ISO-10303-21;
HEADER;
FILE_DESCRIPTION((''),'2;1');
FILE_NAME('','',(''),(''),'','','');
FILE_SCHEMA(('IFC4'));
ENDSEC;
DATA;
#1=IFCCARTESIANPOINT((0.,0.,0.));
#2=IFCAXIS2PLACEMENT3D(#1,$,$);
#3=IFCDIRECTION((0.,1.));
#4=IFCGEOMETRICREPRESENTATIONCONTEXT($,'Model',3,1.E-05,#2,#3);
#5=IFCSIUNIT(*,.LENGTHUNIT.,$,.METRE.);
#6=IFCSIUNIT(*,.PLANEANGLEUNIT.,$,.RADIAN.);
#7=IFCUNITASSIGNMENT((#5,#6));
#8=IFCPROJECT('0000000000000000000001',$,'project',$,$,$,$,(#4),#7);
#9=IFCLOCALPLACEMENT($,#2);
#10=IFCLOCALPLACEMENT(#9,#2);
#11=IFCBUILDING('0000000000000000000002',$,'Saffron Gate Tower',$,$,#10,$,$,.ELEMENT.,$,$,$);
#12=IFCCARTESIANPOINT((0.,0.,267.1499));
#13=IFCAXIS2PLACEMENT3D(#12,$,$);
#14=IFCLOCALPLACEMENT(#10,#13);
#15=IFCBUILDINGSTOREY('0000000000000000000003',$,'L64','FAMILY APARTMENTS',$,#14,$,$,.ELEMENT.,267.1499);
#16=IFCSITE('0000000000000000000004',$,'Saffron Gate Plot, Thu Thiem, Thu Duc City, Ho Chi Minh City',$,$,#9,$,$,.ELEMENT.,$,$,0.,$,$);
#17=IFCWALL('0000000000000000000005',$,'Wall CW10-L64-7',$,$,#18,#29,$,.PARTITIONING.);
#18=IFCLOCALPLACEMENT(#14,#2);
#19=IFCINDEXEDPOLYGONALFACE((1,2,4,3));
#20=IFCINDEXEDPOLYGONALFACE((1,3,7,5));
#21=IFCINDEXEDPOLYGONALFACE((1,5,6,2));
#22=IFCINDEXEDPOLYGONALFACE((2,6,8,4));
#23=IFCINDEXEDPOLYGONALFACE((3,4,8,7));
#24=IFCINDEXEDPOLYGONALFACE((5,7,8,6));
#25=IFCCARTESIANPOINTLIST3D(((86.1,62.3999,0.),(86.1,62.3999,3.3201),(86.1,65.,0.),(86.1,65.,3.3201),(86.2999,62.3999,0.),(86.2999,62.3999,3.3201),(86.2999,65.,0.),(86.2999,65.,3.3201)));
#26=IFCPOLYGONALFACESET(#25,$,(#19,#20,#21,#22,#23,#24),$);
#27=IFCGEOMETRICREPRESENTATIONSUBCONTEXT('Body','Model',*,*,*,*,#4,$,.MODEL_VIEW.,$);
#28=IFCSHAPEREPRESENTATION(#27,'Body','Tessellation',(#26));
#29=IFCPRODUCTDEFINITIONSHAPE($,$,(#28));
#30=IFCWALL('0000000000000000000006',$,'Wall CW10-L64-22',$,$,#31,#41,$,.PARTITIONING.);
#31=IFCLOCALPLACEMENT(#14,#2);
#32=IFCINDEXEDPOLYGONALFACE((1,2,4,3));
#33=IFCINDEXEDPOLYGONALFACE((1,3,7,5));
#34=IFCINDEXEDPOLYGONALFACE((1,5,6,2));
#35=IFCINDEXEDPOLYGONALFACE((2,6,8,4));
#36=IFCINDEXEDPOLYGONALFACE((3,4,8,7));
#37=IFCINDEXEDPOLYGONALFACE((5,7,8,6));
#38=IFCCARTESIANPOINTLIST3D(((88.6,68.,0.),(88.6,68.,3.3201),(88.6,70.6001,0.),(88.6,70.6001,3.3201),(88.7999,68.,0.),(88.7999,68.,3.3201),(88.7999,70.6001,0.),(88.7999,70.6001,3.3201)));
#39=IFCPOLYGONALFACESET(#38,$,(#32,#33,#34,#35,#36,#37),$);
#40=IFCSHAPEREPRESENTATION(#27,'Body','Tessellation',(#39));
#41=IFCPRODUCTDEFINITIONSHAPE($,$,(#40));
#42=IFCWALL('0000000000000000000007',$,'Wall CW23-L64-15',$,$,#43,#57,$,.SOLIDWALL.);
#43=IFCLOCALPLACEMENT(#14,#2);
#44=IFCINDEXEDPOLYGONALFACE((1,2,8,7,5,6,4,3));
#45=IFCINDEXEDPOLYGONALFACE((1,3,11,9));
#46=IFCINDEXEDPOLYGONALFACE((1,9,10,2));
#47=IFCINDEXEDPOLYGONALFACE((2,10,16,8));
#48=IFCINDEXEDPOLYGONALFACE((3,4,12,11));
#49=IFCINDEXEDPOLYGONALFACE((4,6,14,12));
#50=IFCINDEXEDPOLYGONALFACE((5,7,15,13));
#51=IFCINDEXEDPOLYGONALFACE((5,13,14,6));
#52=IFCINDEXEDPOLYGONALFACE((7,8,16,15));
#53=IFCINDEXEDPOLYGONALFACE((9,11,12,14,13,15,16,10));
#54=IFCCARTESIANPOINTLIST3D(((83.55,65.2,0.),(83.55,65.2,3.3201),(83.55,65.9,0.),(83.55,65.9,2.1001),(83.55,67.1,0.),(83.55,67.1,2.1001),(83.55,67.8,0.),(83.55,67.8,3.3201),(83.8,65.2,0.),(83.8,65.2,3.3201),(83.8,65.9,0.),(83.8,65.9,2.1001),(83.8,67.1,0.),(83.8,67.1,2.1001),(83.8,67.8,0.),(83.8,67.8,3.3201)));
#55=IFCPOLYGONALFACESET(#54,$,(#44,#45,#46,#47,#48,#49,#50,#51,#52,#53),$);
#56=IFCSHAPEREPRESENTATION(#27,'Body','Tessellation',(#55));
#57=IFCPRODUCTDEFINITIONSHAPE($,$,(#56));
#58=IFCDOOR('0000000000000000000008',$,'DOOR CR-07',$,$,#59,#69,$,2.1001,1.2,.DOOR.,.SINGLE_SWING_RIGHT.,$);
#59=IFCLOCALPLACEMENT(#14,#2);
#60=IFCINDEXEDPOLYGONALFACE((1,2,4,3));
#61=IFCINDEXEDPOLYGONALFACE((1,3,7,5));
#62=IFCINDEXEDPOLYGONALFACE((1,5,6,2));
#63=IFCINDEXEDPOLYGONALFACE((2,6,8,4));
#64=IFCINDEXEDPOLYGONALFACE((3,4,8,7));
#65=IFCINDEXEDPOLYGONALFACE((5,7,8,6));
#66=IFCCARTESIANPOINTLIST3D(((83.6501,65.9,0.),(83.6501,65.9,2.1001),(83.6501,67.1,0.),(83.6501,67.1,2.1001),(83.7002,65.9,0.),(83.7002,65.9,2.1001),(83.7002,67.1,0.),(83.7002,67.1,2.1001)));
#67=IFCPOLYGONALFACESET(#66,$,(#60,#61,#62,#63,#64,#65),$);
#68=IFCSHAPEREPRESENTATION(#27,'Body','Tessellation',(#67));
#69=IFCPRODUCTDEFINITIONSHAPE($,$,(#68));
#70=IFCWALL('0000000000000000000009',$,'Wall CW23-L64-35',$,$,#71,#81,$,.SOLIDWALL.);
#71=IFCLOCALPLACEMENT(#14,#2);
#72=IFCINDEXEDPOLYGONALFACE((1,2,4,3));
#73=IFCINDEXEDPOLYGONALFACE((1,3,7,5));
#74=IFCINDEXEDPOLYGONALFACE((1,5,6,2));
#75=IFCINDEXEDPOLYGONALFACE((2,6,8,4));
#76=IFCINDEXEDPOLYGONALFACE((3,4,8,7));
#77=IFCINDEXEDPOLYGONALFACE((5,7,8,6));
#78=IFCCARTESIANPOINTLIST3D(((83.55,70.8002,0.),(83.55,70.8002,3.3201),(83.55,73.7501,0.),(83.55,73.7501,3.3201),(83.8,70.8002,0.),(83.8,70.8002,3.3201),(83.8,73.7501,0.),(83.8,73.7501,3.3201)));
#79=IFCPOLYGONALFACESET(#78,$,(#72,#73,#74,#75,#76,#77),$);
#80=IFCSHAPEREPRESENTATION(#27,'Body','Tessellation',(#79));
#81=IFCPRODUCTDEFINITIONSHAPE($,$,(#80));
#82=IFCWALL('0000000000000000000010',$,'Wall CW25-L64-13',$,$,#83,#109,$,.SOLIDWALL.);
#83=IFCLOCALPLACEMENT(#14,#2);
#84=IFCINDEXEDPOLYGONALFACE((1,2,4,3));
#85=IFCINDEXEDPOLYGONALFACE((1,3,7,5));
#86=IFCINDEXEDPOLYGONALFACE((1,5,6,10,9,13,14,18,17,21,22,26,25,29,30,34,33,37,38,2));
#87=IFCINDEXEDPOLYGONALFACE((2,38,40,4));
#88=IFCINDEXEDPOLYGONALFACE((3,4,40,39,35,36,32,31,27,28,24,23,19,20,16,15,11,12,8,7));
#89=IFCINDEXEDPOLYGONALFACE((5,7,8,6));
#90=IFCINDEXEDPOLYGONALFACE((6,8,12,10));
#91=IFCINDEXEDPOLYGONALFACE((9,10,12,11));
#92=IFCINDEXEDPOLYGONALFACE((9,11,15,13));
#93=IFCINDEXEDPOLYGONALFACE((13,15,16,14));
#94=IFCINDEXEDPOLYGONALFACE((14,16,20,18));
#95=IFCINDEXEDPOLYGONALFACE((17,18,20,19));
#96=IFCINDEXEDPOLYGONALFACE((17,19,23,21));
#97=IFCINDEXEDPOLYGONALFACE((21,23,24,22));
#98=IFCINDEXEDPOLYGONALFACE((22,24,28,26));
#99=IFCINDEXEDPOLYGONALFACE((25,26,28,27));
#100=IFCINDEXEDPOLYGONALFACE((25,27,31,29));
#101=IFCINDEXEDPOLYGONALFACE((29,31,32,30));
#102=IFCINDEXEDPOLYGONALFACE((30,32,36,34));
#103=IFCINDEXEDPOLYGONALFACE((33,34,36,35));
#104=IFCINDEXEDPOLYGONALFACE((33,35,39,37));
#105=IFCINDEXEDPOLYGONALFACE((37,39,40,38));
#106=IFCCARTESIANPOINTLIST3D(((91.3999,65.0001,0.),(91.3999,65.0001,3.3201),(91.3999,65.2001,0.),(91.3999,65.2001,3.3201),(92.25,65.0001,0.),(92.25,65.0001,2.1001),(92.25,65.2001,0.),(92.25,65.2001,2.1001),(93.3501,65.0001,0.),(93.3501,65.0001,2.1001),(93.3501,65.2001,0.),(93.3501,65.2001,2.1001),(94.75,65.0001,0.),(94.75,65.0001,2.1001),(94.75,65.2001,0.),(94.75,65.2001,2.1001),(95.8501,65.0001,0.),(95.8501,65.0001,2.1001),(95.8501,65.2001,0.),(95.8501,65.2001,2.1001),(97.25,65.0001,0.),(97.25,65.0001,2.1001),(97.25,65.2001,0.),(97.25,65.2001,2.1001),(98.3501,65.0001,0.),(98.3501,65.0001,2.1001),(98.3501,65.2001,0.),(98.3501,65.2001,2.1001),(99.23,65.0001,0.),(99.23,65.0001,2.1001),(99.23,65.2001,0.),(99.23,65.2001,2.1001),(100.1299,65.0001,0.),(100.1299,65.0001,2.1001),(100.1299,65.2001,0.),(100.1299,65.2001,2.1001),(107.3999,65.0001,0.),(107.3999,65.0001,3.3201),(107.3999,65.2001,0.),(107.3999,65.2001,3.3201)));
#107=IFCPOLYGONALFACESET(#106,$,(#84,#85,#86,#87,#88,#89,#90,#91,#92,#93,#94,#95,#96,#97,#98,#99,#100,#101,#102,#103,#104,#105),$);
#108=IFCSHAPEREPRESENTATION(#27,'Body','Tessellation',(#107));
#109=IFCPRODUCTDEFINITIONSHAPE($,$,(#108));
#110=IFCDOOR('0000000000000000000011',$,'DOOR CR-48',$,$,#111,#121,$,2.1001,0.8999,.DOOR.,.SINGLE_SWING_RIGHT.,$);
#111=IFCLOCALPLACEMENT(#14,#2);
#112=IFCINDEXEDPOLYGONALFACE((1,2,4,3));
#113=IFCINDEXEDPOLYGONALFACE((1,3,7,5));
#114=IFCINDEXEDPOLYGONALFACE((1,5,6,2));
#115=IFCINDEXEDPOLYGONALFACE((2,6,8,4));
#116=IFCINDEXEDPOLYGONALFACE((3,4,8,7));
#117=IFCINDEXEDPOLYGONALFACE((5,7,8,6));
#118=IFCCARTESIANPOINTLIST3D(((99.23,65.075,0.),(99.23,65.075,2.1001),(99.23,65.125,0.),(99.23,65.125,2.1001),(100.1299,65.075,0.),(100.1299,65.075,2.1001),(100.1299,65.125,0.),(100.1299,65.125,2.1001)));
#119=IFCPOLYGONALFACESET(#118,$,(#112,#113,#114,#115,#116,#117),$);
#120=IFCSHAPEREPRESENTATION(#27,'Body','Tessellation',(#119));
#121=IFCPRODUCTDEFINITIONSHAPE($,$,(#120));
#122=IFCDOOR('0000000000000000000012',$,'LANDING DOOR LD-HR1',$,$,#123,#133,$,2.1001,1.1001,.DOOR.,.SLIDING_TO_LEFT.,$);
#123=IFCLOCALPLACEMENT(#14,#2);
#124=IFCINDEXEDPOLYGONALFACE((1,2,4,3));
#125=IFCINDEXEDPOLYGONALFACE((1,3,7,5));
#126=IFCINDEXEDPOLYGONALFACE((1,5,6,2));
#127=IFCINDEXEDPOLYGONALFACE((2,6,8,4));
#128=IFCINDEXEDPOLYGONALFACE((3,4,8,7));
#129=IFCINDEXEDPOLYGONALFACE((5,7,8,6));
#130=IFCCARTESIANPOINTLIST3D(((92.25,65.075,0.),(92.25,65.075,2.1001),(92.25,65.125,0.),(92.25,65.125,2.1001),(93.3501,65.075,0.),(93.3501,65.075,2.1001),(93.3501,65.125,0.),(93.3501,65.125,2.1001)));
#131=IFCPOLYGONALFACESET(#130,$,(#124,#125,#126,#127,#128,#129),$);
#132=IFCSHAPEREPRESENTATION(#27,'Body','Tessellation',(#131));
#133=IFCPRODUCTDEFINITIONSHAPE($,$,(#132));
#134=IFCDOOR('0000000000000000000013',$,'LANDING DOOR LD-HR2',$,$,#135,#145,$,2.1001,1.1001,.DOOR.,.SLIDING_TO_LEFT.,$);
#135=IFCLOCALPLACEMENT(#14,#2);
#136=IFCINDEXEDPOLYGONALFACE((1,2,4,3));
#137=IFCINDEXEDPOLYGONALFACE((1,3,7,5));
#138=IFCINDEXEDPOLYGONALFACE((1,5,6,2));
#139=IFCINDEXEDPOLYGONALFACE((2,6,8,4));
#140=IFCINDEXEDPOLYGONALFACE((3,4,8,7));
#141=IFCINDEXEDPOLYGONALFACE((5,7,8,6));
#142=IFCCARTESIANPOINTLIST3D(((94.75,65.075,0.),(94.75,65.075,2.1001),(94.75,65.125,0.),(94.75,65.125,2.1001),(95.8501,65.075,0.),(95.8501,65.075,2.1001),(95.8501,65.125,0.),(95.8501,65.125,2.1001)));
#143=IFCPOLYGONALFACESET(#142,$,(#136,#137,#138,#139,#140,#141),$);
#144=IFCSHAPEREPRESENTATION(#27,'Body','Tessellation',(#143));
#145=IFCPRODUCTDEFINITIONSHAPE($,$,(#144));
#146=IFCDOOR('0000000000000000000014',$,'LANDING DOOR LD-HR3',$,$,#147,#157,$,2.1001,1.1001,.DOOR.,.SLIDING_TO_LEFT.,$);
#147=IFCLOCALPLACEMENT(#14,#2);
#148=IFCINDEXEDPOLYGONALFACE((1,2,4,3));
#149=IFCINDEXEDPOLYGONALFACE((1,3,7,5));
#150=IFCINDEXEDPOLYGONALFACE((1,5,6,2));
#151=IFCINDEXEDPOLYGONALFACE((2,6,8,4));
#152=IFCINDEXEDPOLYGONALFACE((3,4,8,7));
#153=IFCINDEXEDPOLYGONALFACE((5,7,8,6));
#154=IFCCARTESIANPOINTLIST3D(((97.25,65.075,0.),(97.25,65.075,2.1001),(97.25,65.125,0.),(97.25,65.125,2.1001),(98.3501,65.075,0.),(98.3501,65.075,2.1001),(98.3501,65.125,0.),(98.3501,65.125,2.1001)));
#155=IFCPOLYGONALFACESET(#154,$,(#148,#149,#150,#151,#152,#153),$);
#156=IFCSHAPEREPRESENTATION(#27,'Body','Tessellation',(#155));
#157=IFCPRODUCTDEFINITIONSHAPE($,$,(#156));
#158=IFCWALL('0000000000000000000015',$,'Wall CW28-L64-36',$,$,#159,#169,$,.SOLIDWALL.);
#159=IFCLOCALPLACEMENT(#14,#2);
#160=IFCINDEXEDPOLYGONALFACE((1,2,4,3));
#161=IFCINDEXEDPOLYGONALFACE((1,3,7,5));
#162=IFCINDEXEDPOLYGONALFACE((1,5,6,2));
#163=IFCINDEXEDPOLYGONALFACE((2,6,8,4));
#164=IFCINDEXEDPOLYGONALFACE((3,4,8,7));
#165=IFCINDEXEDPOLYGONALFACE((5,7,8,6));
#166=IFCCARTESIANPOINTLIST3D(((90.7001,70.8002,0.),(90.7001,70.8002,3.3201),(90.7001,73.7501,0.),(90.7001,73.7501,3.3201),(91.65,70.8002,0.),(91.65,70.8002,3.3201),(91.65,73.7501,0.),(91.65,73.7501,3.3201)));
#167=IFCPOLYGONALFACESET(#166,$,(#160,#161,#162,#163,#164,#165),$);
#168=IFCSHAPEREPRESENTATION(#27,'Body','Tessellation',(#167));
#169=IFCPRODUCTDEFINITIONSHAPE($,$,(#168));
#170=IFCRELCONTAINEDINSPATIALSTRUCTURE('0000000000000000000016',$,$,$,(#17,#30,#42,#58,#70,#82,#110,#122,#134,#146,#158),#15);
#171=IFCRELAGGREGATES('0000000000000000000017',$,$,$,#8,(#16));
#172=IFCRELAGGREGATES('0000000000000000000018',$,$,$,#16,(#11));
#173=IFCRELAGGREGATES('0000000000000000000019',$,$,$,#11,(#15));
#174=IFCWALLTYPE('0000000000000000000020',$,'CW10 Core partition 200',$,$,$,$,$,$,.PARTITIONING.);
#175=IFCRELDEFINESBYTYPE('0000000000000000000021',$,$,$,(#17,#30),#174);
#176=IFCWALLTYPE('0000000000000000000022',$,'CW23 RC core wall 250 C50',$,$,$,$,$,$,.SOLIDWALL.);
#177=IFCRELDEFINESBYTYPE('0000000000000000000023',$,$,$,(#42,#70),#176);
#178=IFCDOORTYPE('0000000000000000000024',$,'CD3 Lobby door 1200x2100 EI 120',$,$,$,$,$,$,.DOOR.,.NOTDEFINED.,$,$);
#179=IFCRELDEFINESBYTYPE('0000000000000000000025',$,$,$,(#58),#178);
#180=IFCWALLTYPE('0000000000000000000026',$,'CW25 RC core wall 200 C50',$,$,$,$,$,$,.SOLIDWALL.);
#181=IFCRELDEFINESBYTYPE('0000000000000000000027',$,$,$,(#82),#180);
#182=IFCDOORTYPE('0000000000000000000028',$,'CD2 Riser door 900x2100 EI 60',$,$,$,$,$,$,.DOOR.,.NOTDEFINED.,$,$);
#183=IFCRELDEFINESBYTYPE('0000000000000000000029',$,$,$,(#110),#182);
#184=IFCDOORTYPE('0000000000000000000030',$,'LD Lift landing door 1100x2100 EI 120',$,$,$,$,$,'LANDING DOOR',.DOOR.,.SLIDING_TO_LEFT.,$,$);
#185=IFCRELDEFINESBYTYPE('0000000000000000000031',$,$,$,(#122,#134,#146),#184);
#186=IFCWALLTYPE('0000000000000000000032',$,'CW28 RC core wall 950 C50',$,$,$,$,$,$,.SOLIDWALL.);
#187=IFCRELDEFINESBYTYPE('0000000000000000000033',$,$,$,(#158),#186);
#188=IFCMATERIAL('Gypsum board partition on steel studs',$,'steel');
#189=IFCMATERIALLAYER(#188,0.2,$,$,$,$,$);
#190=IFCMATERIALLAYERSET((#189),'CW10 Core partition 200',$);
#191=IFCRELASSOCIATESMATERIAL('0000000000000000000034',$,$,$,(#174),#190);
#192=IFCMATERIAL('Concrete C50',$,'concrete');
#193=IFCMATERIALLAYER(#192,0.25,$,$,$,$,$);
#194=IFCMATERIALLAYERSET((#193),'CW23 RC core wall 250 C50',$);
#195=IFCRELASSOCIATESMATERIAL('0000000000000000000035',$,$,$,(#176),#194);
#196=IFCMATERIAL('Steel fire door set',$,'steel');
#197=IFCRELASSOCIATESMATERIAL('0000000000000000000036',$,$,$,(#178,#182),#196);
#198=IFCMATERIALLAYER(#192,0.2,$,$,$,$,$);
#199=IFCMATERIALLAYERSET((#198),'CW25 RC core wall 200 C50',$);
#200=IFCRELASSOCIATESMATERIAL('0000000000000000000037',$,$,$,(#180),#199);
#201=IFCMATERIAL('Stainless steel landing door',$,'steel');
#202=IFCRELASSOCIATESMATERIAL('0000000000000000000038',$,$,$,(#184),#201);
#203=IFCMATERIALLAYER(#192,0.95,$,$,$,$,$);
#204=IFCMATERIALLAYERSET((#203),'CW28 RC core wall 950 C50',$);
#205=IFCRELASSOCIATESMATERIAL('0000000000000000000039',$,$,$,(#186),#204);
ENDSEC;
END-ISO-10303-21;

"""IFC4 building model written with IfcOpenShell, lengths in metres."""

from ifc_helpers import new_model, si_unit, direction, frame, frame_2d, origin, place, context, subcontext, project, spatial, rectangle, extrude, material, layer, layer_set, type_object, element, fill, save


model = new_model("IFC4")

# Units and contexts
model_context = context("Model", 3, precision=1e-05, world=origin(), true_north=direction((0.0, 1.0)))
body_context = subcontext(model_context, "Body", "Model", "MODEL_VIEW")
ifc_project = project(units=[si_unit("LENGTHUNIT", "METRE"), si_unit("PLANEANGLEUNIT", "RADIAN")], contexts=[model_context])

# Site, building, storey
site_placement = place(None, origin())
site = spatial("IfcSite", under=ifc_project, at=site_placement, Name="Saffron Gate Plot, Thu Thiem, Thu Duc City, Ho Chi Minh City", CompositionType="ELEMENT", RefElevation=0.0)
building_placement = place(site_placement, origin())
building = spatial("IfcBuilding", under=site, at=building_placement, Name="Saffron Gate Tower", CompositionType="ELEMENT")
storey_placement = place(building_placement, frame((0.0, 0.0, 267.1499)))
storey = spatial("IfcBuildingStorey", under=building, at=storey_placement, Name="L64", Description="FAMILY APARTMENTS", CompositionType="ELEMENT", Elevation=267.1499)

# Walls
ifc_material_1 = material(Name="Gypsum board partition on steel studs", Category="steel")
ifc_layer_1 = layer(ifc_material_1, 0.2)
ifc_layer_set_1 = layer_set([ifc_layer_1], Name="CW10 Core partition 200")
wall_type_1 = type_object("IfcWallType", Name="CW10 Core partition 200", PredefinedType="PARTITIONING", material=ifc_layer_set_1)
for number, where, z_axis, x_axis, name in (
    (1, (86.2, 62.3999, 0.0), (0.0, 0.0, 1.0), (0.0, 1.0, 0.0), "Wall CW10-L64-7"),
    (2, (88.7, 68.0, 0.0), (0.0, 0.0, 1.0), (0.0, 1.0, 0.0), "Wall CW10-L64-22"),
):
    element("IfcWall", number, at=place(storey_placement, frame(where, z_axis=z_axis, x_axis=x_axis)), inside=storey, type_object=wall_type_1, Name=name, PredefinedType="PARTITIONING", context=body_context, shape_type="SweptSolid", body=[
        extrude(rectangle(XDim=2.6001, YDim=0.2, at=frame_2d((1.3, 0.0))), origin(), (0.0, 0.0, 1.0), 3.3201),
    ])

# Wall, opening, door
ifc_material_2 = material(Name="Concrete C50", Category="concrete")
ifc_layer_2 = layer(ifc_material_2, 0.25)
ifc_layer_set_2 = layer_set([ifc_layer_2], Name="CW23 RC core wall 250 C50")
wall_type_2 = type_object("IfcWallType", Name="CW23 RC core wall 250 C50", PredefinedType="SOLIDWALL", material=ifc_layer_set_2)
wall_1_placement = place(storey_placement, frame((83.675, 65.2, 0.0), z_axis=(0.0, 0.0, 1.0), x_axis=(0.0, 1.0, 0.0)))
wall_1 = element("IfcWall", 3, at=wall_1_placement, inside=storey, type_object=wall_type_2, Name="Wall CW23-L64-15", PredefinedType="SOLIDWALL", context=body_context, shape_type="SweptSolid", body=[
    extrude(rectangle(XDim=2.6001, YDim=0.25, at=frame_2d((1.3, 0.0))), origin(), (0.0, 0.0, 1.0), 3.3201),
])
opening_1_placement = place(wall_1_placement, frame((0.7, 0.0, 0.0)))
opening_1 = element("IfcOpeningElement", 4, at=opening_1_placement, cuts=wall_1, PredefinedType="OPENING", context=body_context, shape_type="SweptSolid", body=[
    extrude(rectangle(XDim=1.2, YDim=2.1001, at=frame_2d((0.6001, 1.05))), frame((0.0, 0.135, 0.0), z_axis=(0.0, -1.0, 0.0), x_axis=(1.0, 0.0, 0.0)), (0.0, 0.0, 1.0), 0.27),
])
ifc_material_3 = material(Name="Steel fire door set", Category="steel")
door_type_1 = type_object("IfcDoorType", Name="CD3 Lobby door 1200x2100 EI 120", OperationType="NOTDEFINED", PredefinedType="DOOR", material=ifc_material_3)
door_1_placement = place(opening_1_placement, origin())
door_1 = element("IfcDoor", 5, at=door_1_placement, inside=storey, type_object=door_type_1, Name="DOOR CR-07", OperationType="SINGLE_SWING_RIGHT", OverallHeight=2.1001, OverallWidth=1.2, PredefinedType="DOOR", context=body_context, shape_type="SweptSolid", body=[
    extrude(rectangle(XDim=1.2, YDim=2.1001, at=frame_2d((0.6001, 1.05))), frame((0.0, 0.0249, 0.0), z_axis=(0.0, -1.0, 0.0), x_axis=(1.0, 0.0, 0.0)), (0.0, 0.0, 1.0), 0.05),
])
fill(opening_1, door_1)

# Wall
wall_2_placement = place(storey_placement, frame((83.675, 70.8, 0.0), z_axis=(0.0, 0.0, 1.0), x_axis=(0.0, 1.0, 0.0)))
element("IfcWall", 6, at=wall_2_placement, inside=storey, type_object=wall_type_2, Name="Wall CW23-L64-35", PredefinedType="SOLIDWALL", context=body_context, shape_type="SweptSolid", body=[
    extrude(rectangle(XDim=2.95, YDim=0.25, at=frame_2d((1.4751, 0.0))), origin(), (0.0, 0.0, 1.0), 3.3201),
])

# Wall, openings, doors
ifc_layer_3 = layer(ifc_material_2, 0.2)
ifc_layer_set_3 = layer_set([ifc_layer_3], Name="CW25 RC core wall 200 C50")
wall_type_3 = type_object("IfcWallType", Name="CW25 RC core wall 200 C50", PredefinedType="SOLIDWALL", material=ifc_layer_set_3)
wall_3_placement = place(storey_placement, frame((91.3999, 65.1001, 0.0), z_axis=(0.0, 0.0, 1.0), x_axis=(1.0, 0.0, 0.0)))
wall_3 = element("IfcWall", 7, at=wall_3_placement, inside=storey, type_object=wall_type_3, Name="Wall CW25-L64-13", PredefinedType="SOLIDWALL", context=body_context, shape_type="SweptSolid", body=[
    extrude(rectangle(XDim=16.0, YDim=0.2, at=frame_2d((8.0, 0.0))), origin(), (0.0, 0.0, 1.0), 3.3201),
])
opening_2_placement = place(wall_3_placement, frame((0.8501, 0.0, 0.0)))
opening_2 = element("IfcOpeningElement", 8, at=opening_2_placement, cuts=wall_3, PredefinedType="OPENING", context=body_context, shape_type="SweptSolid", body=[
    extrude(rectangle(XDim=1.1001, YDim=2.1001, at=frame_2d((0.55, 1.05))), frame((0.0, 0.1099, 0.0), z_axis=(0.0, -1.0, 0.0), x_axis=(1.0, 0.0, 0.0)), (0.0, 0.0, 1.0), 0.22),
])
opening_3_placement = place(wall_3_placement, frame((3.3501, 0.0, 0.0)))
opening_3 = element("IfcOpeningElement", 9, at=opening_3_placement, cuts=wall_3, PredefinedType="OPENING", context=body_context, shape_type="SweptSolid", body=[
    extrude(rectangle(XDim=1.1001, YDim=2.1001, at=frame_2d((0.55, 1.05))), frame((0.0, 0.1099, 0.0), z_axis=(0.0, -1.0, 0.0), x_axis=(1.0, 0.0, 0.0)), (0.0, 0.0, 1.0), 0.22),
])
opening_4_placement = place(wall_3_placement, frame((5.8501, 0.0, 0.0)))
opening_4 = element("IfcOpeningElement", 10, at=opening_4_placement, cuts=wall_3, PredefinedType="OPENING", context=body_context, shape_type="SweptSolid", body=[
    extrude(rectangle(XDim=1.1001, YDim=2.1001, at=frame_2d((0.55, 1.05))), frame((0.0, 0.1099, 0.0), z_axis=(0.0, -1.0, 0.0), x_axis=(1.0, 0.0, 0.0)), (0.0, 0.0, 1.0), 0.22),
])
opening_5_placement = place(wall_3_placement, frame((7.8301, 0.0, 0.0)))
opening_5 = element("IfcOpeningElement", 11, at=opening_5_placement, cuts=wall_3, PredefinedType="OPENING", context=body_context, shape_type="SweptSolid", body=[
    extrude(rectangle(XDim=0.8999, YDim=2.1001, at=frame_2d((0.45, 1.05))), frame((0.0, 0.1099, 0.0), z_axis=(0.0, -1.0, 0.0), x_axis=(1.0, 0.0, 0.0)), (0.0, 0.0, 1.0), 0.22),
])
door_type_2 = type_object("IfcDoorType", Name="CD2 Riser door 900x2100 EI 60", OperationType="NOTDEFINED", PredefinedType="DOOR", material=ifc_material_3)
door_2_placement = place(opening_5_placement, origin())
door_2 = element("IfcDoor", 12, at=door_2_placement, inside=storey, type_object=door_type_2, Name="DOOR CR-48", OperationType="SINGLE_SWING_RIGHT", OverallHeight=2.1001, OverallWidth=0.8999, PredefinedType="DOOR", context=body_context, shape_type="SweptSolid", body=[
    extrude(rectangle(XDim=0.8999, YDim=2.1001, at=frame_2d((0.45, 1.05))), frame((0.0, 0.0249, 0.0), z_axis=(0.0, -1.0, 0.0), x_axis=(1.0, 0.0, 0.0)), (0.0, 0.0, 1.0), 0.05),
])
fill(opening_5, door_2)
ifc_material_4 = material(Name="Stainless steel landing door", Category="steel")
door_type_3 = type_object("IfcDoorType", Name="LD Lift landing door 1100x2100 EI 120", ElementType="LANDING DOOR", OperationType="SLIDING_TO_LEFT", PredefinedType="DOOR", material=ifc_material_4)
door_3_placement = place(opening_2_placement, origin())
door_3 = element("IfcDoor", 13, at=door_3_placement, inside=storey, type_object=door_type_3, Name="LANDING DOOR LD-HR1", OperationType="SLIDING_TO_LEFT", OverallHeight=2.1001, OverallWidth=1.1001, PredefinedType="DOOR", context=body_context, shape_type="SweptSolid", body=[
    extrude(rectangle(XDim=1.1001, YDim=2.1001, at=frame_2d((0.55, 1.05))), frame((0.0, 0.0249, 0.0), z_axis=(0.0, -1.0, 0.0), x_axis=(1.0, 0.0, 0.0)), (0.0, 0.0, 1.0), 0.05),
])
fill(opening_2, door_3)
door_4_placement = place(opening_3_placement, origin())
door_4 = element("IfcDoor", 14, at=door_4_placement, inside=storey, type_object=door_type_3, Name="LANDING DOOR LD-HR2", OperationType="SLIDING_TO_LEFT", OverallHeight=2.1001, OverallWidth=1.1001, PredefinedType="DOOR", context=body_context, shape_type="SweptSolid", body=[
    extrude(rectangle(XDim=1.1001, YDim=2.1001, at=frame_2d((0.55, 1.05))), frame((0.0, 0.0249, 0.0), z_axis=(0.0, -1.0, 0.0), x_axis=(1.0, 0.0, 0.0)), (0.0, 0.0, 1.0), 0.05),
])
fill(opening_3, door_4)
door_5_placement = place(opening_4_placement, origin())
door_5 = element("IfcDoor", 15, at=door_5_placement, inside=storey, type_object=door_type_3, Name="LANDING DOOR LD-HR3", OperationType="SLIDING_TO_LEFT", OverallHeight=2.1001, OverallWidth=1.1001, PredefinedType="DOOR", context=body_context, shape_type="SweptSolid", body=[
    extrude(rectangle(XDim=1.1001, YDim=2.1001, at=frame_2d((0.55, 1.05))), frame((0.0, 0.0249, 0.0), z_axis=(0.0, -1.0, 0.0), x_axis=(1.0, 0.0, 0.0)), (0.0, 0.0, 1.0), 0.05),
])
fill(opening_4, door_5)

# Wall
ifc_layer_4 = layer(ifc_material_2, 0.95)
ifc_layer_set_4 = layer_set([ifc_layer_4], Name="CW28 RC core wall 950 C50")
wall_type_4 = type_object("IfcWallType", Name="CW28 RC core wall 950 C50", PredefinedType="SOLIDWALL", material=ifc_layer_set_4)
wall_4_placement = place(storey_placement, frame((91.175, 70.8, 0.0), z_axis=(0.0, 0.0, 1.0), x_axis=(0.0, 1.0, 0.0)))
element("IfcWall", 16, at=wall_4_placement, inside=storey, type_object=wall_type_4, Name="Wall CW28-L64-36", PredefinedType="SOLIDWALL", context=body_context, shape_type="SweptSolid", body=[
    extrude(rectangle(XDim=2.95, YDim=0.95, at=frame_2d((1.4751, 0.0))), origin(), (0.0, 0.0, 1.0), 3.3201),
])

save(model, "model.ifc")
